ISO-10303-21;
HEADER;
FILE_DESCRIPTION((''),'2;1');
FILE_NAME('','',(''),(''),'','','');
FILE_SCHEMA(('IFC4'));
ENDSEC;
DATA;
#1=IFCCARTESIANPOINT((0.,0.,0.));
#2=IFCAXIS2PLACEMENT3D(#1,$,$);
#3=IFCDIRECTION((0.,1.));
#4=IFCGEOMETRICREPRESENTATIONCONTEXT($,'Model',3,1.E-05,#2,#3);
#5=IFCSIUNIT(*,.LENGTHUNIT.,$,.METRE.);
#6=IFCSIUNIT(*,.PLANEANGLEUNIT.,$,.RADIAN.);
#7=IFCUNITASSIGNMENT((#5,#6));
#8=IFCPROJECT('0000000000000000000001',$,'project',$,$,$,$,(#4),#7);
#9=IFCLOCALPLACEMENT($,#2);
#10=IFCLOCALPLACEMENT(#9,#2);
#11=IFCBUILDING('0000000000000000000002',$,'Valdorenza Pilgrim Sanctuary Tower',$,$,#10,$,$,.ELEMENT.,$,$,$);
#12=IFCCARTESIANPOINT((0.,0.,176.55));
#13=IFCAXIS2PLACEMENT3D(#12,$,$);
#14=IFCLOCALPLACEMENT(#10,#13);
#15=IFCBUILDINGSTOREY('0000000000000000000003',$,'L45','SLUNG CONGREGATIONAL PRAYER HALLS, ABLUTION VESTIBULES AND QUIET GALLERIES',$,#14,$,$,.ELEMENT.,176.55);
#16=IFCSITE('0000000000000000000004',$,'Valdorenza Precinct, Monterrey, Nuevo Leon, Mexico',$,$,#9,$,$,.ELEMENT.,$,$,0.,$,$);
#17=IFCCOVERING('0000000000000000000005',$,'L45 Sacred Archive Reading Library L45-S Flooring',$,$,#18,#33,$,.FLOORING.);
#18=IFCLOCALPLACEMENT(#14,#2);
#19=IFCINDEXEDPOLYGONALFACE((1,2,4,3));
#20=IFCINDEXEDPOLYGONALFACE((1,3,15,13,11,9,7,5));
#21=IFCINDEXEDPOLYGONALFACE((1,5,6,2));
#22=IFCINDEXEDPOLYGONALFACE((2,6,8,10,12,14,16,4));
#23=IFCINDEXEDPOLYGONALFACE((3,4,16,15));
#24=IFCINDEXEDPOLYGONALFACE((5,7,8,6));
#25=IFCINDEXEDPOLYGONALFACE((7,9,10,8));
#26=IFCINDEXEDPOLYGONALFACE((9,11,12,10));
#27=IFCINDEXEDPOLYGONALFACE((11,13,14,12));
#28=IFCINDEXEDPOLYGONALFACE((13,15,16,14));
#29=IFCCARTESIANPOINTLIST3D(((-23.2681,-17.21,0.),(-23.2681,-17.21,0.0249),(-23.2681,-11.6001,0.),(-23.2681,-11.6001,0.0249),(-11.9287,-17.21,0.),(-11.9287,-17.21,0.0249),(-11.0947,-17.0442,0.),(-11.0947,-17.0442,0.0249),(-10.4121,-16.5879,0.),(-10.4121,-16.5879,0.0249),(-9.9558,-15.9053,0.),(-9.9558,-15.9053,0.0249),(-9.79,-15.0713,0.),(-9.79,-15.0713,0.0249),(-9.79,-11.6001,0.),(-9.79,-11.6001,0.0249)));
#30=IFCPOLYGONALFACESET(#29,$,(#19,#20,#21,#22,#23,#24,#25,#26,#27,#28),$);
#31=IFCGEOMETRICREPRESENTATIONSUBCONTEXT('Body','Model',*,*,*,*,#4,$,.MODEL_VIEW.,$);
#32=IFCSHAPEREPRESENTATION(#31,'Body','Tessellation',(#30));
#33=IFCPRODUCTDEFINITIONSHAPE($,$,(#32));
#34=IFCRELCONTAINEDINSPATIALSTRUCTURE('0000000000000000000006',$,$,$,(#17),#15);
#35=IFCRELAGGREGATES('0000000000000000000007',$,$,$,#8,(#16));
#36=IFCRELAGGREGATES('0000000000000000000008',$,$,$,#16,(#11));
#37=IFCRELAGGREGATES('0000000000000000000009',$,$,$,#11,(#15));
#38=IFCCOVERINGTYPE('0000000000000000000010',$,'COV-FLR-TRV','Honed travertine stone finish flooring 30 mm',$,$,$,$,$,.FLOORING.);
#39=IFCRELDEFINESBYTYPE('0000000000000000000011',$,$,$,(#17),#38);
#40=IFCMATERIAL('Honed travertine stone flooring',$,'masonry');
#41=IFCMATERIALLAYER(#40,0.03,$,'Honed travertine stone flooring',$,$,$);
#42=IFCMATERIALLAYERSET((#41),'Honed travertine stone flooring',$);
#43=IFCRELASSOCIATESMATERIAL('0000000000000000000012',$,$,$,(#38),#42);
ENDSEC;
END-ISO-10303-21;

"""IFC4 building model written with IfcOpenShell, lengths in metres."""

from ifc_helpers import new_model, si_unit, direction, frame, origin, place, context, subcontext, project, spatial, polyline, outline, extrude, material, layer, layer_set, type_object, element, save


model = new_model("IFC4")

# Units and contexts
model_context = context("Model", 3, precision=1e-05, world=origin(), true_north=direction((0.0, 1.0)))
body_context = subcontext(model_context, "Body", "Model", "MODEL_VIEW")
ifc_project = project(units=[si_unit("LENGTHUNIT", "METRE"), si_unit("PLANEANGLEUNIT", "RADIAN")], contexts=[model_context])

# Site, building, storey
site_placement = place(None, origin())
site = spatial("IfcSite", under=ifc_project, at=site_placement, Name="Valdorenza Precinct, Monterrey, Nuevo Leon, Mexico", CompositionType="ELEMENT", RefElevation=0.0)
building_placement = place(site_placement, origin())
building = spatial("IfcBuilding", under=site, at=building_placement, Name="Valdorenza Pilgrim Sanctuary Tower", CompositionType="ELEMENT")
storey_placement = place(building_placement, frame((0.0, 0.0, 176.55)))
storey = spatial("IfcBuildingStorey", under=building, at=storey_placement, Name="L45", Description="SLUNG CONGREGATIONAL PRAYER HALLS, ABLUTION VESTIBULES AND QUIET GALLERIES", CompositionType="ELEMENT", Elevation=176.55)

# Covering
ifc_material_1 = material(Name="Honed travertine stone flooring", Category="masonry")
ifc_layer_1 = layer(ifc_material_1, 0.03, Name="Honed travertine stone flooring")
ifc_layer_set_1 = layer_set([ifc_layer_1], Name="Honed travertine stone flooring")
covering_type_1 = type_object("IfcCoveringType", Name="COV-FLR-TRV", Description="Honed travertine stone finish flooring 30 mm", PredefinedType="FLOORING", material=ifc_layer_set_1)
covering_1_placement = place(storey_placement, origin())
element("IfcCovering", 1, at=covering_1_placement, inside=storey, type_object=covering_type_1, Name="L45 Sacred Archive Reading Library L45-S Flooring", PredefinedType="FLOORING", context=body_context, shape_type="SweptSolid", body=[
    extrude(outline(polyline([(-9.79, -11.6001), (-9.79, -15.0713), (-9.9558, -15.9053), (-10.4121, -16.5879), (-11.0947, -17.0442), (-11.9287, -17.21), (-23.2681, -17.21), (-23.2681, -11.6001), (-9.79, -11.6001)])), origin(), (0.0, 0.0, 1.0), 0.0249),
])

save(model, "model.ifc")
